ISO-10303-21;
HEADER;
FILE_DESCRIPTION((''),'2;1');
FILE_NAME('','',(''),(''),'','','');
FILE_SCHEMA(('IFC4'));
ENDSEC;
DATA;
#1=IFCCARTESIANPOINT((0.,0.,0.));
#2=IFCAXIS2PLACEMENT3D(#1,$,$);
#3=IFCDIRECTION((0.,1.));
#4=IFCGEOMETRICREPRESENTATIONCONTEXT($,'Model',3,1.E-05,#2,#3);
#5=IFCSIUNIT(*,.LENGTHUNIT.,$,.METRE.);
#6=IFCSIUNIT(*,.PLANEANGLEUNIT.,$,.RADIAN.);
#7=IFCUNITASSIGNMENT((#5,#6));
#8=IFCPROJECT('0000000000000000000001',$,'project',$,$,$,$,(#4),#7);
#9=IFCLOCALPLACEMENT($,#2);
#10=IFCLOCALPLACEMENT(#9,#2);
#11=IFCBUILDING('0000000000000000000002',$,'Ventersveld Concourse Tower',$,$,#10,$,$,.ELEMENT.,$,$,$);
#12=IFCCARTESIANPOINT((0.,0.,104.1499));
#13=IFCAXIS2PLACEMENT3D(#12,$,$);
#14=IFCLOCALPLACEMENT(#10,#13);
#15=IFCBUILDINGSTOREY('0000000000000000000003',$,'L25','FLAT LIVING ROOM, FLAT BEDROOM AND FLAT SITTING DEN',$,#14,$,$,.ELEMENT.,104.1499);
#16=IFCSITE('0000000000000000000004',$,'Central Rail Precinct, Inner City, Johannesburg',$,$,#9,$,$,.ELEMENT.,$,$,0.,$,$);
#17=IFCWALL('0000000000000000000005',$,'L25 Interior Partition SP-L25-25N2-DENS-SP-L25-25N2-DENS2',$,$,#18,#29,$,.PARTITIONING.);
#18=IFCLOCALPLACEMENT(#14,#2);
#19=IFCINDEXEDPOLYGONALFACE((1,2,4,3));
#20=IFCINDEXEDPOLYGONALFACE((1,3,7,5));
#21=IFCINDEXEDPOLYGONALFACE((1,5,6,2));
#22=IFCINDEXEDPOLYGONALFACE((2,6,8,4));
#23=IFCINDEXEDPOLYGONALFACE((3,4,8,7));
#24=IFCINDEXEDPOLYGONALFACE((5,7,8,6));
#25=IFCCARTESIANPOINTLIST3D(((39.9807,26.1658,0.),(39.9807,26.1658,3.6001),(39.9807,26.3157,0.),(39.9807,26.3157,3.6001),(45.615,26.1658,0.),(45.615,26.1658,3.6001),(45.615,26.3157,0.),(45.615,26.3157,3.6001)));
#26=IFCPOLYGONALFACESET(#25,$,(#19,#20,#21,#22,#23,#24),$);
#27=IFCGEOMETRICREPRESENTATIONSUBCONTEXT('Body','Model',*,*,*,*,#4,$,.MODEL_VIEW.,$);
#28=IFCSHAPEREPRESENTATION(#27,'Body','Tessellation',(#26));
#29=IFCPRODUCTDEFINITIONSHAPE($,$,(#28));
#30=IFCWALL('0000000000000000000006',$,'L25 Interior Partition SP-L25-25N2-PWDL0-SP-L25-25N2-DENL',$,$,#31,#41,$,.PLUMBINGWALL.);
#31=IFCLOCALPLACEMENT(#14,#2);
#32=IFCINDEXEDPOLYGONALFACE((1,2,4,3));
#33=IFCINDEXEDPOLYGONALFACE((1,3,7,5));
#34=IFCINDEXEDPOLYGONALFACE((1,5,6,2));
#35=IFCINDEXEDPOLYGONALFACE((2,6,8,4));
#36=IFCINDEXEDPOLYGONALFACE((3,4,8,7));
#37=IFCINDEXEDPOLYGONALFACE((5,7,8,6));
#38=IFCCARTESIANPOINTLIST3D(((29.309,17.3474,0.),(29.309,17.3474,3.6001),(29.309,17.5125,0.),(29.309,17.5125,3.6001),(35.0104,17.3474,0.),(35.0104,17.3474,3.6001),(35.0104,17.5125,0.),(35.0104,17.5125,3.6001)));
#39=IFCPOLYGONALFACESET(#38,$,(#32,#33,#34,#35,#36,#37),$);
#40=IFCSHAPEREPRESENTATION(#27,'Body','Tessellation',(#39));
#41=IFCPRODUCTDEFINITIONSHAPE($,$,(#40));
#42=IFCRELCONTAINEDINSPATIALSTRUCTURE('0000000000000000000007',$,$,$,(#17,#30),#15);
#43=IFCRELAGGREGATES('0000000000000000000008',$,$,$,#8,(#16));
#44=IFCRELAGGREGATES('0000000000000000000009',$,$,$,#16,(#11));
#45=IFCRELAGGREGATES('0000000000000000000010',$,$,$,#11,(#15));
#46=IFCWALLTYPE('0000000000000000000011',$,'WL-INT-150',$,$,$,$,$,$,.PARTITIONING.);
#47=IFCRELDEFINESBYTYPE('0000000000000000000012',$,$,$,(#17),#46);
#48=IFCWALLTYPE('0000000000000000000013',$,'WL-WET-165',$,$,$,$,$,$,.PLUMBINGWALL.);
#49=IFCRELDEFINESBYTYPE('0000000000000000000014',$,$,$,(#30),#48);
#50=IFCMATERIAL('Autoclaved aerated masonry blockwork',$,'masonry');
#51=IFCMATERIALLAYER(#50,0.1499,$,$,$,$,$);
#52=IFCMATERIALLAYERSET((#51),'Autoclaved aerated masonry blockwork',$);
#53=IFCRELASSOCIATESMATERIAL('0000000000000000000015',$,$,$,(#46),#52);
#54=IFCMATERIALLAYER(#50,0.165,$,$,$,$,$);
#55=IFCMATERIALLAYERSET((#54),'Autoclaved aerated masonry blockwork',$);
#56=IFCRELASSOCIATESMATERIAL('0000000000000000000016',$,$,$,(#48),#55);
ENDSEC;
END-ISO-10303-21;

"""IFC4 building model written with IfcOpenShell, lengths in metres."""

from ifc_helpers import new_model, si_unit, direction, frame, frame_2d, origin, place, context, subcontext, project, spatial, rectangle, extrude, material, layer, layer_set, type_object, element, save


model = new_model("IFC4")

# Units and contexts
model_context = context("Model", 3, precision=1e-05, world=origin(), true_north=direction((0.0, 1.0)))
body_context = subcontext(model_context, "Body", "Model", "MODEL_VIEW")
ifc_project = project(units=[si_unit("LENGTHUNIT", "METRE"), si_unit("PLANEANGLEUNIT", "RADIAN")], contexts=[model_context])

# Site, building, storey
site_placement = place(None, origin())
site = spatial("IfcSite", under=ifc_project, at=site_placement, Name="Central Rail Precinct, Inner City, Johannesburg", CompositionType="ELEMENT", RefElevation=0.0)
building_placement = place(site_placement, origin())
building = spatial("IfcBuilding", under=site, at=building_placement, Name="Ventersveld Concourse Tower", CompositionType="ELEMENT")
storey_placement = place(building_placement, frame((0.0, 0.0, 104.1499)))
storey = spatial("IfcBuildingStorey", under=building, at=storey_placement, Name="L25", Description="FLAT LIVING ROOM, FLAT BEDROOM AND FLAT SITTING DEN", CompositionType="ELEMENT", Elevation=104.1499)

# Shared definitions
ifc_material_1 = material(Name="Autoclaved aerated masonry blockwork", Category="masonry")
ifc_layer_1 = layer(ifc_material_1, 0.1499)
ifc_layer_set_1 = layer_set([ifc_layer_1], Name="Autoclaved aerated masonry blockwork")
wall_type_1 = type_object("IfcWallType", Name="WL-INT-150", PredefinedType="PARTITIONING", material=ifc_layer_set_1)

# Walls
for number, where, z_axis, x_axis, name in (
    (1, (39.9807, 26.2407, 0.0), (0.0, 0.0, 1.0), (1.0, 0.0, 0.0), "L25 Interior Partition SP-L25-25N2-DENS-SP-L25-25N2-DENS2"),
):
    element("IfcWall", number, at=place(storey_placement, frame(where, z_axis=z_axis, x_axis=x_axis)), inside=storey, type_object=wall_type_1, Name=name, PredefinedType="PARTITIONING", context=body_context, shape_type="SweptSolid", body=[
        extrude(rectangle(XDim=5.6343, YDim=0.1499, at=frame_2d((2.8171, 0.0))), origin(), (0.0, 0.0, 1.0), 3.6001),
    ])
ifc_layer_2 = layer(ifc_material_1, 0.165)
ifc_layer_set_2 = layer_set([ifc_layer_2], Name="Autoclaved aerated masonry blockwork")
wall_type_2 = type_object("IfcWallType", Name="WL-WET-165", PredefinedType="PLUMBINGWALL", material=ifc_layer_set_2)
wall_1_placement = place(storey_placement, frame((29.3091, 17.4299, 0.0), z_axis=(0.0, 0.0, 1.0), x_axis=(1.0, 0.0, 0.0)))
element("IfcWall", 2, at=wall_1_placement, inside=storey, type_object=wall_type_2, Name="L25 Interior Partition SP-L25-25N2-PWDL0-SP-L25-25N2-DENL", PredefinedType="PLUMBINGWALL", context=body_context, shape_type="SweptSolid", body=[
    extrude(rectangle(XDim=5.7014, YDim=0.165, at=frame_2d((2.8506, 0.0))), origin(), (0.0, 0.0, 1.0), 3.6001),
])

save(model, "model.ifc")
